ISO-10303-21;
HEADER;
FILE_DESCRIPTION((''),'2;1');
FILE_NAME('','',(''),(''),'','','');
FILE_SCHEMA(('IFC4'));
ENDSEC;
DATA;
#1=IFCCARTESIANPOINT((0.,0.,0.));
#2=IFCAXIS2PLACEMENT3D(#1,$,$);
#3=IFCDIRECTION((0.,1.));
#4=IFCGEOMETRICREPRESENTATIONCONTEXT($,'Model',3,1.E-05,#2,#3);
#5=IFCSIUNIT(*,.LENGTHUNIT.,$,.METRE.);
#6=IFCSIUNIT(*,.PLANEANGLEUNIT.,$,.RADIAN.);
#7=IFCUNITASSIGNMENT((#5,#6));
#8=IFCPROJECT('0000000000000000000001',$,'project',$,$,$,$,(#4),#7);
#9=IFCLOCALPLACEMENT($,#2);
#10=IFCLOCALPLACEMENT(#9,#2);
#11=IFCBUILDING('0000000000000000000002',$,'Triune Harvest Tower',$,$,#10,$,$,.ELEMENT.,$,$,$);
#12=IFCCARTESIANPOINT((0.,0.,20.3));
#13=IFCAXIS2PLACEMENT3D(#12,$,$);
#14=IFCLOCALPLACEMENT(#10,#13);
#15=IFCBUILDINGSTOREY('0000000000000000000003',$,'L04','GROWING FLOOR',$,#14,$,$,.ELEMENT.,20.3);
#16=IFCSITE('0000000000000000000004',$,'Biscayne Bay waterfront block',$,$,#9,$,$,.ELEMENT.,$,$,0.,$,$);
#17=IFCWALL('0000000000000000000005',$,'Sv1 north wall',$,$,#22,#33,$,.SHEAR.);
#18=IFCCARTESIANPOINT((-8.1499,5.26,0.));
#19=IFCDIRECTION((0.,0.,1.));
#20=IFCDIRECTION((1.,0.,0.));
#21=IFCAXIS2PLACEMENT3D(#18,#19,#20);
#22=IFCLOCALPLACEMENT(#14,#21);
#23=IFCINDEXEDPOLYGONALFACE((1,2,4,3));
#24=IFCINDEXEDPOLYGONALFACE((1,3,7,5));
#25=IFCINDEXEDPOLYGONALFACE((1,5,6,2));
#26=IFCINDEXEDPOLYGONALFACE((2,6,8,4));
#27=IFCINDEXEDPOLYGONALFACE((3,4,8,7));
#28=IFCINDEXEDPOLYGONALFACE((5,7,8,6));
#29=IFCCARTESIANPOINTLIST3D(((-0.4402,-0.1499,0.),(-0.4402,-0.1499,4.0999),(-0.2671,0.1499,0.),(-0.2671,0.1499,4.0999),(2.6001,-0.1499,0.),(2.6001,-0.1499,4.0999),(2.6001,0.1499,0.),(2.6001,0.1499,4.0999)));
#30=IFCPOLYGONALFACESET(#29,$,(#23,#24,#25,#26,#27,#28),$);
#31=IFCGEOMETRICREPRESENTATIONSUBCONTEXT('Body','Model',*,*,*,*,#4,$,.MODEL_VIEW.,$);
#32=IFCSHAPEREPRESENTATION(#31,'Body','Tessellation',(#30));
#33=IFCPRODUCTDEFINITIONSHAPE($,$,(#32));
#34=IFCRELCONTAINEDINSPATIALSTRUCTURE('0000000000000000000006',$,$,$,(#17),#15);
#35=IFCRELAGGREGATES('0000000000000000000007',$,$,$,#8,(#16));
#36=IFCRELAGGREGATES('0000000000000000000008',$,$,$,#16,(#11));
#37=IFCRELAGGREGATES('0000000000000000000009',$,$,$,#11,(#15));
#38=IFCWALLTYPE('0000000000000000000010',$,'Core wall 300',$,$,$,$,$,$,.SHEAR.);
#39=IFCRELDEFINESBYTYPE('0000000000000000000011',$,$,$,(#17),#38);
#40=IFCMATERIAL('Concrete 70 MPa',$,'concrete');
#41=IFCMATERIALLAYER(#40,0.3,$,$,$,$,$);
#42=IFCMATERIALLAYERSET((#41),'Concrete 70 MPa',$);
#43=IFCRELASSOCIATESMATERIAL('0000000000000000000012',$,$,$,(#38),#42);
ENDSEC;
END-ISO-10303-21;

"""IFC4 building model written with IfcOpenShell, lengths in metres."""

from ifc_helpers import new_model, si_unit, direction, frame, origin, place, context, subcontext, project, spatial, polyline, outline, extrude, source, transform, mapped, material, layer, layer_set, type_object, element, save


model = new_model("IFC4")

# Units and contexts
model_context = context("Model", 3, precision=1e-05, world=origin(), true_north=direction((0.0, 1.0)))
body_context = subcontext(model_context, "Body", "Model", "MODEL_VIEW")
ifc_project = project(units=[si_unit("LENGTHUNIT", "METRE"), si_unit("PLANEANGLEUNIT", "RADIAN")], contexts=[model_context])

# Site, building, storey
site_placement = place(None, origin())
site = spatial("IfcSite", under=ifc_project, at=site_placement, Name="Biscayne Bay waterfront block", CompositionType="ELEMENT", RefElevation=0.0)
building_placement = place(site_placement, origin())
building = spatial("IfcBuilding", under=site, at=building_placement, Name="Triune Harvest Tower", CompositionType="ELEMENT")
storey_placement = place(building_placement, frame((0.0, 0.0, 20.3)))
storey = spatial("IfcBuildingStorey", under=building, at=storey_placement, Name="L04", Description="GROWING FLOOR", CompositionType="ELEMENT", Elevation=20.3)

# Shared definitions
ifc_material_1 = material(Name="Concrete 70 MPa", Category="concrete")
ifc_layer_1 = layer(ifc_material_1, 0.3)
ifc_layer_set_1 = layer_set([ifc_layer_1], Name="Concrete 70 MPa")
wall_type_1 = type_object("IfcWallType", Name="Core wall 300", PredefinedType="SHEAR", material=ifc_layer_set_1)

# Wall
shared_shape_1 = source(origin(), body_context, "Body", "SweptSolid", [
    extrude(outline(polyline([(2.6001, -0.1499), (-0.4402, -0.1499), (-0.2671, 0.1499), (2.6001, 0.1499), (2.6001, -0.1499)])), origin(), (0.0, 0.0, 1.0), 4.0999),
])
wall_1_placement = place(storey_placement, frame((-8.1499, 5.26, 0.0), z_axis=(0.0, 0.0, 1.0), x_axis=(1.0, 0.0, 0.0)))
element("IfcWall", 1, at=wall_1_placement, inside=storey, type_object=wall_type_1, Name="Sv1 north wall", PredefinedType="SHEAR", context=body_context, shape_type="MappedRepresentation", body=[
    mapped(shared_shape_1, transform((0.0, 0.0, 0.0), scale=1.0)),
])

save(model, "model.ifc")
